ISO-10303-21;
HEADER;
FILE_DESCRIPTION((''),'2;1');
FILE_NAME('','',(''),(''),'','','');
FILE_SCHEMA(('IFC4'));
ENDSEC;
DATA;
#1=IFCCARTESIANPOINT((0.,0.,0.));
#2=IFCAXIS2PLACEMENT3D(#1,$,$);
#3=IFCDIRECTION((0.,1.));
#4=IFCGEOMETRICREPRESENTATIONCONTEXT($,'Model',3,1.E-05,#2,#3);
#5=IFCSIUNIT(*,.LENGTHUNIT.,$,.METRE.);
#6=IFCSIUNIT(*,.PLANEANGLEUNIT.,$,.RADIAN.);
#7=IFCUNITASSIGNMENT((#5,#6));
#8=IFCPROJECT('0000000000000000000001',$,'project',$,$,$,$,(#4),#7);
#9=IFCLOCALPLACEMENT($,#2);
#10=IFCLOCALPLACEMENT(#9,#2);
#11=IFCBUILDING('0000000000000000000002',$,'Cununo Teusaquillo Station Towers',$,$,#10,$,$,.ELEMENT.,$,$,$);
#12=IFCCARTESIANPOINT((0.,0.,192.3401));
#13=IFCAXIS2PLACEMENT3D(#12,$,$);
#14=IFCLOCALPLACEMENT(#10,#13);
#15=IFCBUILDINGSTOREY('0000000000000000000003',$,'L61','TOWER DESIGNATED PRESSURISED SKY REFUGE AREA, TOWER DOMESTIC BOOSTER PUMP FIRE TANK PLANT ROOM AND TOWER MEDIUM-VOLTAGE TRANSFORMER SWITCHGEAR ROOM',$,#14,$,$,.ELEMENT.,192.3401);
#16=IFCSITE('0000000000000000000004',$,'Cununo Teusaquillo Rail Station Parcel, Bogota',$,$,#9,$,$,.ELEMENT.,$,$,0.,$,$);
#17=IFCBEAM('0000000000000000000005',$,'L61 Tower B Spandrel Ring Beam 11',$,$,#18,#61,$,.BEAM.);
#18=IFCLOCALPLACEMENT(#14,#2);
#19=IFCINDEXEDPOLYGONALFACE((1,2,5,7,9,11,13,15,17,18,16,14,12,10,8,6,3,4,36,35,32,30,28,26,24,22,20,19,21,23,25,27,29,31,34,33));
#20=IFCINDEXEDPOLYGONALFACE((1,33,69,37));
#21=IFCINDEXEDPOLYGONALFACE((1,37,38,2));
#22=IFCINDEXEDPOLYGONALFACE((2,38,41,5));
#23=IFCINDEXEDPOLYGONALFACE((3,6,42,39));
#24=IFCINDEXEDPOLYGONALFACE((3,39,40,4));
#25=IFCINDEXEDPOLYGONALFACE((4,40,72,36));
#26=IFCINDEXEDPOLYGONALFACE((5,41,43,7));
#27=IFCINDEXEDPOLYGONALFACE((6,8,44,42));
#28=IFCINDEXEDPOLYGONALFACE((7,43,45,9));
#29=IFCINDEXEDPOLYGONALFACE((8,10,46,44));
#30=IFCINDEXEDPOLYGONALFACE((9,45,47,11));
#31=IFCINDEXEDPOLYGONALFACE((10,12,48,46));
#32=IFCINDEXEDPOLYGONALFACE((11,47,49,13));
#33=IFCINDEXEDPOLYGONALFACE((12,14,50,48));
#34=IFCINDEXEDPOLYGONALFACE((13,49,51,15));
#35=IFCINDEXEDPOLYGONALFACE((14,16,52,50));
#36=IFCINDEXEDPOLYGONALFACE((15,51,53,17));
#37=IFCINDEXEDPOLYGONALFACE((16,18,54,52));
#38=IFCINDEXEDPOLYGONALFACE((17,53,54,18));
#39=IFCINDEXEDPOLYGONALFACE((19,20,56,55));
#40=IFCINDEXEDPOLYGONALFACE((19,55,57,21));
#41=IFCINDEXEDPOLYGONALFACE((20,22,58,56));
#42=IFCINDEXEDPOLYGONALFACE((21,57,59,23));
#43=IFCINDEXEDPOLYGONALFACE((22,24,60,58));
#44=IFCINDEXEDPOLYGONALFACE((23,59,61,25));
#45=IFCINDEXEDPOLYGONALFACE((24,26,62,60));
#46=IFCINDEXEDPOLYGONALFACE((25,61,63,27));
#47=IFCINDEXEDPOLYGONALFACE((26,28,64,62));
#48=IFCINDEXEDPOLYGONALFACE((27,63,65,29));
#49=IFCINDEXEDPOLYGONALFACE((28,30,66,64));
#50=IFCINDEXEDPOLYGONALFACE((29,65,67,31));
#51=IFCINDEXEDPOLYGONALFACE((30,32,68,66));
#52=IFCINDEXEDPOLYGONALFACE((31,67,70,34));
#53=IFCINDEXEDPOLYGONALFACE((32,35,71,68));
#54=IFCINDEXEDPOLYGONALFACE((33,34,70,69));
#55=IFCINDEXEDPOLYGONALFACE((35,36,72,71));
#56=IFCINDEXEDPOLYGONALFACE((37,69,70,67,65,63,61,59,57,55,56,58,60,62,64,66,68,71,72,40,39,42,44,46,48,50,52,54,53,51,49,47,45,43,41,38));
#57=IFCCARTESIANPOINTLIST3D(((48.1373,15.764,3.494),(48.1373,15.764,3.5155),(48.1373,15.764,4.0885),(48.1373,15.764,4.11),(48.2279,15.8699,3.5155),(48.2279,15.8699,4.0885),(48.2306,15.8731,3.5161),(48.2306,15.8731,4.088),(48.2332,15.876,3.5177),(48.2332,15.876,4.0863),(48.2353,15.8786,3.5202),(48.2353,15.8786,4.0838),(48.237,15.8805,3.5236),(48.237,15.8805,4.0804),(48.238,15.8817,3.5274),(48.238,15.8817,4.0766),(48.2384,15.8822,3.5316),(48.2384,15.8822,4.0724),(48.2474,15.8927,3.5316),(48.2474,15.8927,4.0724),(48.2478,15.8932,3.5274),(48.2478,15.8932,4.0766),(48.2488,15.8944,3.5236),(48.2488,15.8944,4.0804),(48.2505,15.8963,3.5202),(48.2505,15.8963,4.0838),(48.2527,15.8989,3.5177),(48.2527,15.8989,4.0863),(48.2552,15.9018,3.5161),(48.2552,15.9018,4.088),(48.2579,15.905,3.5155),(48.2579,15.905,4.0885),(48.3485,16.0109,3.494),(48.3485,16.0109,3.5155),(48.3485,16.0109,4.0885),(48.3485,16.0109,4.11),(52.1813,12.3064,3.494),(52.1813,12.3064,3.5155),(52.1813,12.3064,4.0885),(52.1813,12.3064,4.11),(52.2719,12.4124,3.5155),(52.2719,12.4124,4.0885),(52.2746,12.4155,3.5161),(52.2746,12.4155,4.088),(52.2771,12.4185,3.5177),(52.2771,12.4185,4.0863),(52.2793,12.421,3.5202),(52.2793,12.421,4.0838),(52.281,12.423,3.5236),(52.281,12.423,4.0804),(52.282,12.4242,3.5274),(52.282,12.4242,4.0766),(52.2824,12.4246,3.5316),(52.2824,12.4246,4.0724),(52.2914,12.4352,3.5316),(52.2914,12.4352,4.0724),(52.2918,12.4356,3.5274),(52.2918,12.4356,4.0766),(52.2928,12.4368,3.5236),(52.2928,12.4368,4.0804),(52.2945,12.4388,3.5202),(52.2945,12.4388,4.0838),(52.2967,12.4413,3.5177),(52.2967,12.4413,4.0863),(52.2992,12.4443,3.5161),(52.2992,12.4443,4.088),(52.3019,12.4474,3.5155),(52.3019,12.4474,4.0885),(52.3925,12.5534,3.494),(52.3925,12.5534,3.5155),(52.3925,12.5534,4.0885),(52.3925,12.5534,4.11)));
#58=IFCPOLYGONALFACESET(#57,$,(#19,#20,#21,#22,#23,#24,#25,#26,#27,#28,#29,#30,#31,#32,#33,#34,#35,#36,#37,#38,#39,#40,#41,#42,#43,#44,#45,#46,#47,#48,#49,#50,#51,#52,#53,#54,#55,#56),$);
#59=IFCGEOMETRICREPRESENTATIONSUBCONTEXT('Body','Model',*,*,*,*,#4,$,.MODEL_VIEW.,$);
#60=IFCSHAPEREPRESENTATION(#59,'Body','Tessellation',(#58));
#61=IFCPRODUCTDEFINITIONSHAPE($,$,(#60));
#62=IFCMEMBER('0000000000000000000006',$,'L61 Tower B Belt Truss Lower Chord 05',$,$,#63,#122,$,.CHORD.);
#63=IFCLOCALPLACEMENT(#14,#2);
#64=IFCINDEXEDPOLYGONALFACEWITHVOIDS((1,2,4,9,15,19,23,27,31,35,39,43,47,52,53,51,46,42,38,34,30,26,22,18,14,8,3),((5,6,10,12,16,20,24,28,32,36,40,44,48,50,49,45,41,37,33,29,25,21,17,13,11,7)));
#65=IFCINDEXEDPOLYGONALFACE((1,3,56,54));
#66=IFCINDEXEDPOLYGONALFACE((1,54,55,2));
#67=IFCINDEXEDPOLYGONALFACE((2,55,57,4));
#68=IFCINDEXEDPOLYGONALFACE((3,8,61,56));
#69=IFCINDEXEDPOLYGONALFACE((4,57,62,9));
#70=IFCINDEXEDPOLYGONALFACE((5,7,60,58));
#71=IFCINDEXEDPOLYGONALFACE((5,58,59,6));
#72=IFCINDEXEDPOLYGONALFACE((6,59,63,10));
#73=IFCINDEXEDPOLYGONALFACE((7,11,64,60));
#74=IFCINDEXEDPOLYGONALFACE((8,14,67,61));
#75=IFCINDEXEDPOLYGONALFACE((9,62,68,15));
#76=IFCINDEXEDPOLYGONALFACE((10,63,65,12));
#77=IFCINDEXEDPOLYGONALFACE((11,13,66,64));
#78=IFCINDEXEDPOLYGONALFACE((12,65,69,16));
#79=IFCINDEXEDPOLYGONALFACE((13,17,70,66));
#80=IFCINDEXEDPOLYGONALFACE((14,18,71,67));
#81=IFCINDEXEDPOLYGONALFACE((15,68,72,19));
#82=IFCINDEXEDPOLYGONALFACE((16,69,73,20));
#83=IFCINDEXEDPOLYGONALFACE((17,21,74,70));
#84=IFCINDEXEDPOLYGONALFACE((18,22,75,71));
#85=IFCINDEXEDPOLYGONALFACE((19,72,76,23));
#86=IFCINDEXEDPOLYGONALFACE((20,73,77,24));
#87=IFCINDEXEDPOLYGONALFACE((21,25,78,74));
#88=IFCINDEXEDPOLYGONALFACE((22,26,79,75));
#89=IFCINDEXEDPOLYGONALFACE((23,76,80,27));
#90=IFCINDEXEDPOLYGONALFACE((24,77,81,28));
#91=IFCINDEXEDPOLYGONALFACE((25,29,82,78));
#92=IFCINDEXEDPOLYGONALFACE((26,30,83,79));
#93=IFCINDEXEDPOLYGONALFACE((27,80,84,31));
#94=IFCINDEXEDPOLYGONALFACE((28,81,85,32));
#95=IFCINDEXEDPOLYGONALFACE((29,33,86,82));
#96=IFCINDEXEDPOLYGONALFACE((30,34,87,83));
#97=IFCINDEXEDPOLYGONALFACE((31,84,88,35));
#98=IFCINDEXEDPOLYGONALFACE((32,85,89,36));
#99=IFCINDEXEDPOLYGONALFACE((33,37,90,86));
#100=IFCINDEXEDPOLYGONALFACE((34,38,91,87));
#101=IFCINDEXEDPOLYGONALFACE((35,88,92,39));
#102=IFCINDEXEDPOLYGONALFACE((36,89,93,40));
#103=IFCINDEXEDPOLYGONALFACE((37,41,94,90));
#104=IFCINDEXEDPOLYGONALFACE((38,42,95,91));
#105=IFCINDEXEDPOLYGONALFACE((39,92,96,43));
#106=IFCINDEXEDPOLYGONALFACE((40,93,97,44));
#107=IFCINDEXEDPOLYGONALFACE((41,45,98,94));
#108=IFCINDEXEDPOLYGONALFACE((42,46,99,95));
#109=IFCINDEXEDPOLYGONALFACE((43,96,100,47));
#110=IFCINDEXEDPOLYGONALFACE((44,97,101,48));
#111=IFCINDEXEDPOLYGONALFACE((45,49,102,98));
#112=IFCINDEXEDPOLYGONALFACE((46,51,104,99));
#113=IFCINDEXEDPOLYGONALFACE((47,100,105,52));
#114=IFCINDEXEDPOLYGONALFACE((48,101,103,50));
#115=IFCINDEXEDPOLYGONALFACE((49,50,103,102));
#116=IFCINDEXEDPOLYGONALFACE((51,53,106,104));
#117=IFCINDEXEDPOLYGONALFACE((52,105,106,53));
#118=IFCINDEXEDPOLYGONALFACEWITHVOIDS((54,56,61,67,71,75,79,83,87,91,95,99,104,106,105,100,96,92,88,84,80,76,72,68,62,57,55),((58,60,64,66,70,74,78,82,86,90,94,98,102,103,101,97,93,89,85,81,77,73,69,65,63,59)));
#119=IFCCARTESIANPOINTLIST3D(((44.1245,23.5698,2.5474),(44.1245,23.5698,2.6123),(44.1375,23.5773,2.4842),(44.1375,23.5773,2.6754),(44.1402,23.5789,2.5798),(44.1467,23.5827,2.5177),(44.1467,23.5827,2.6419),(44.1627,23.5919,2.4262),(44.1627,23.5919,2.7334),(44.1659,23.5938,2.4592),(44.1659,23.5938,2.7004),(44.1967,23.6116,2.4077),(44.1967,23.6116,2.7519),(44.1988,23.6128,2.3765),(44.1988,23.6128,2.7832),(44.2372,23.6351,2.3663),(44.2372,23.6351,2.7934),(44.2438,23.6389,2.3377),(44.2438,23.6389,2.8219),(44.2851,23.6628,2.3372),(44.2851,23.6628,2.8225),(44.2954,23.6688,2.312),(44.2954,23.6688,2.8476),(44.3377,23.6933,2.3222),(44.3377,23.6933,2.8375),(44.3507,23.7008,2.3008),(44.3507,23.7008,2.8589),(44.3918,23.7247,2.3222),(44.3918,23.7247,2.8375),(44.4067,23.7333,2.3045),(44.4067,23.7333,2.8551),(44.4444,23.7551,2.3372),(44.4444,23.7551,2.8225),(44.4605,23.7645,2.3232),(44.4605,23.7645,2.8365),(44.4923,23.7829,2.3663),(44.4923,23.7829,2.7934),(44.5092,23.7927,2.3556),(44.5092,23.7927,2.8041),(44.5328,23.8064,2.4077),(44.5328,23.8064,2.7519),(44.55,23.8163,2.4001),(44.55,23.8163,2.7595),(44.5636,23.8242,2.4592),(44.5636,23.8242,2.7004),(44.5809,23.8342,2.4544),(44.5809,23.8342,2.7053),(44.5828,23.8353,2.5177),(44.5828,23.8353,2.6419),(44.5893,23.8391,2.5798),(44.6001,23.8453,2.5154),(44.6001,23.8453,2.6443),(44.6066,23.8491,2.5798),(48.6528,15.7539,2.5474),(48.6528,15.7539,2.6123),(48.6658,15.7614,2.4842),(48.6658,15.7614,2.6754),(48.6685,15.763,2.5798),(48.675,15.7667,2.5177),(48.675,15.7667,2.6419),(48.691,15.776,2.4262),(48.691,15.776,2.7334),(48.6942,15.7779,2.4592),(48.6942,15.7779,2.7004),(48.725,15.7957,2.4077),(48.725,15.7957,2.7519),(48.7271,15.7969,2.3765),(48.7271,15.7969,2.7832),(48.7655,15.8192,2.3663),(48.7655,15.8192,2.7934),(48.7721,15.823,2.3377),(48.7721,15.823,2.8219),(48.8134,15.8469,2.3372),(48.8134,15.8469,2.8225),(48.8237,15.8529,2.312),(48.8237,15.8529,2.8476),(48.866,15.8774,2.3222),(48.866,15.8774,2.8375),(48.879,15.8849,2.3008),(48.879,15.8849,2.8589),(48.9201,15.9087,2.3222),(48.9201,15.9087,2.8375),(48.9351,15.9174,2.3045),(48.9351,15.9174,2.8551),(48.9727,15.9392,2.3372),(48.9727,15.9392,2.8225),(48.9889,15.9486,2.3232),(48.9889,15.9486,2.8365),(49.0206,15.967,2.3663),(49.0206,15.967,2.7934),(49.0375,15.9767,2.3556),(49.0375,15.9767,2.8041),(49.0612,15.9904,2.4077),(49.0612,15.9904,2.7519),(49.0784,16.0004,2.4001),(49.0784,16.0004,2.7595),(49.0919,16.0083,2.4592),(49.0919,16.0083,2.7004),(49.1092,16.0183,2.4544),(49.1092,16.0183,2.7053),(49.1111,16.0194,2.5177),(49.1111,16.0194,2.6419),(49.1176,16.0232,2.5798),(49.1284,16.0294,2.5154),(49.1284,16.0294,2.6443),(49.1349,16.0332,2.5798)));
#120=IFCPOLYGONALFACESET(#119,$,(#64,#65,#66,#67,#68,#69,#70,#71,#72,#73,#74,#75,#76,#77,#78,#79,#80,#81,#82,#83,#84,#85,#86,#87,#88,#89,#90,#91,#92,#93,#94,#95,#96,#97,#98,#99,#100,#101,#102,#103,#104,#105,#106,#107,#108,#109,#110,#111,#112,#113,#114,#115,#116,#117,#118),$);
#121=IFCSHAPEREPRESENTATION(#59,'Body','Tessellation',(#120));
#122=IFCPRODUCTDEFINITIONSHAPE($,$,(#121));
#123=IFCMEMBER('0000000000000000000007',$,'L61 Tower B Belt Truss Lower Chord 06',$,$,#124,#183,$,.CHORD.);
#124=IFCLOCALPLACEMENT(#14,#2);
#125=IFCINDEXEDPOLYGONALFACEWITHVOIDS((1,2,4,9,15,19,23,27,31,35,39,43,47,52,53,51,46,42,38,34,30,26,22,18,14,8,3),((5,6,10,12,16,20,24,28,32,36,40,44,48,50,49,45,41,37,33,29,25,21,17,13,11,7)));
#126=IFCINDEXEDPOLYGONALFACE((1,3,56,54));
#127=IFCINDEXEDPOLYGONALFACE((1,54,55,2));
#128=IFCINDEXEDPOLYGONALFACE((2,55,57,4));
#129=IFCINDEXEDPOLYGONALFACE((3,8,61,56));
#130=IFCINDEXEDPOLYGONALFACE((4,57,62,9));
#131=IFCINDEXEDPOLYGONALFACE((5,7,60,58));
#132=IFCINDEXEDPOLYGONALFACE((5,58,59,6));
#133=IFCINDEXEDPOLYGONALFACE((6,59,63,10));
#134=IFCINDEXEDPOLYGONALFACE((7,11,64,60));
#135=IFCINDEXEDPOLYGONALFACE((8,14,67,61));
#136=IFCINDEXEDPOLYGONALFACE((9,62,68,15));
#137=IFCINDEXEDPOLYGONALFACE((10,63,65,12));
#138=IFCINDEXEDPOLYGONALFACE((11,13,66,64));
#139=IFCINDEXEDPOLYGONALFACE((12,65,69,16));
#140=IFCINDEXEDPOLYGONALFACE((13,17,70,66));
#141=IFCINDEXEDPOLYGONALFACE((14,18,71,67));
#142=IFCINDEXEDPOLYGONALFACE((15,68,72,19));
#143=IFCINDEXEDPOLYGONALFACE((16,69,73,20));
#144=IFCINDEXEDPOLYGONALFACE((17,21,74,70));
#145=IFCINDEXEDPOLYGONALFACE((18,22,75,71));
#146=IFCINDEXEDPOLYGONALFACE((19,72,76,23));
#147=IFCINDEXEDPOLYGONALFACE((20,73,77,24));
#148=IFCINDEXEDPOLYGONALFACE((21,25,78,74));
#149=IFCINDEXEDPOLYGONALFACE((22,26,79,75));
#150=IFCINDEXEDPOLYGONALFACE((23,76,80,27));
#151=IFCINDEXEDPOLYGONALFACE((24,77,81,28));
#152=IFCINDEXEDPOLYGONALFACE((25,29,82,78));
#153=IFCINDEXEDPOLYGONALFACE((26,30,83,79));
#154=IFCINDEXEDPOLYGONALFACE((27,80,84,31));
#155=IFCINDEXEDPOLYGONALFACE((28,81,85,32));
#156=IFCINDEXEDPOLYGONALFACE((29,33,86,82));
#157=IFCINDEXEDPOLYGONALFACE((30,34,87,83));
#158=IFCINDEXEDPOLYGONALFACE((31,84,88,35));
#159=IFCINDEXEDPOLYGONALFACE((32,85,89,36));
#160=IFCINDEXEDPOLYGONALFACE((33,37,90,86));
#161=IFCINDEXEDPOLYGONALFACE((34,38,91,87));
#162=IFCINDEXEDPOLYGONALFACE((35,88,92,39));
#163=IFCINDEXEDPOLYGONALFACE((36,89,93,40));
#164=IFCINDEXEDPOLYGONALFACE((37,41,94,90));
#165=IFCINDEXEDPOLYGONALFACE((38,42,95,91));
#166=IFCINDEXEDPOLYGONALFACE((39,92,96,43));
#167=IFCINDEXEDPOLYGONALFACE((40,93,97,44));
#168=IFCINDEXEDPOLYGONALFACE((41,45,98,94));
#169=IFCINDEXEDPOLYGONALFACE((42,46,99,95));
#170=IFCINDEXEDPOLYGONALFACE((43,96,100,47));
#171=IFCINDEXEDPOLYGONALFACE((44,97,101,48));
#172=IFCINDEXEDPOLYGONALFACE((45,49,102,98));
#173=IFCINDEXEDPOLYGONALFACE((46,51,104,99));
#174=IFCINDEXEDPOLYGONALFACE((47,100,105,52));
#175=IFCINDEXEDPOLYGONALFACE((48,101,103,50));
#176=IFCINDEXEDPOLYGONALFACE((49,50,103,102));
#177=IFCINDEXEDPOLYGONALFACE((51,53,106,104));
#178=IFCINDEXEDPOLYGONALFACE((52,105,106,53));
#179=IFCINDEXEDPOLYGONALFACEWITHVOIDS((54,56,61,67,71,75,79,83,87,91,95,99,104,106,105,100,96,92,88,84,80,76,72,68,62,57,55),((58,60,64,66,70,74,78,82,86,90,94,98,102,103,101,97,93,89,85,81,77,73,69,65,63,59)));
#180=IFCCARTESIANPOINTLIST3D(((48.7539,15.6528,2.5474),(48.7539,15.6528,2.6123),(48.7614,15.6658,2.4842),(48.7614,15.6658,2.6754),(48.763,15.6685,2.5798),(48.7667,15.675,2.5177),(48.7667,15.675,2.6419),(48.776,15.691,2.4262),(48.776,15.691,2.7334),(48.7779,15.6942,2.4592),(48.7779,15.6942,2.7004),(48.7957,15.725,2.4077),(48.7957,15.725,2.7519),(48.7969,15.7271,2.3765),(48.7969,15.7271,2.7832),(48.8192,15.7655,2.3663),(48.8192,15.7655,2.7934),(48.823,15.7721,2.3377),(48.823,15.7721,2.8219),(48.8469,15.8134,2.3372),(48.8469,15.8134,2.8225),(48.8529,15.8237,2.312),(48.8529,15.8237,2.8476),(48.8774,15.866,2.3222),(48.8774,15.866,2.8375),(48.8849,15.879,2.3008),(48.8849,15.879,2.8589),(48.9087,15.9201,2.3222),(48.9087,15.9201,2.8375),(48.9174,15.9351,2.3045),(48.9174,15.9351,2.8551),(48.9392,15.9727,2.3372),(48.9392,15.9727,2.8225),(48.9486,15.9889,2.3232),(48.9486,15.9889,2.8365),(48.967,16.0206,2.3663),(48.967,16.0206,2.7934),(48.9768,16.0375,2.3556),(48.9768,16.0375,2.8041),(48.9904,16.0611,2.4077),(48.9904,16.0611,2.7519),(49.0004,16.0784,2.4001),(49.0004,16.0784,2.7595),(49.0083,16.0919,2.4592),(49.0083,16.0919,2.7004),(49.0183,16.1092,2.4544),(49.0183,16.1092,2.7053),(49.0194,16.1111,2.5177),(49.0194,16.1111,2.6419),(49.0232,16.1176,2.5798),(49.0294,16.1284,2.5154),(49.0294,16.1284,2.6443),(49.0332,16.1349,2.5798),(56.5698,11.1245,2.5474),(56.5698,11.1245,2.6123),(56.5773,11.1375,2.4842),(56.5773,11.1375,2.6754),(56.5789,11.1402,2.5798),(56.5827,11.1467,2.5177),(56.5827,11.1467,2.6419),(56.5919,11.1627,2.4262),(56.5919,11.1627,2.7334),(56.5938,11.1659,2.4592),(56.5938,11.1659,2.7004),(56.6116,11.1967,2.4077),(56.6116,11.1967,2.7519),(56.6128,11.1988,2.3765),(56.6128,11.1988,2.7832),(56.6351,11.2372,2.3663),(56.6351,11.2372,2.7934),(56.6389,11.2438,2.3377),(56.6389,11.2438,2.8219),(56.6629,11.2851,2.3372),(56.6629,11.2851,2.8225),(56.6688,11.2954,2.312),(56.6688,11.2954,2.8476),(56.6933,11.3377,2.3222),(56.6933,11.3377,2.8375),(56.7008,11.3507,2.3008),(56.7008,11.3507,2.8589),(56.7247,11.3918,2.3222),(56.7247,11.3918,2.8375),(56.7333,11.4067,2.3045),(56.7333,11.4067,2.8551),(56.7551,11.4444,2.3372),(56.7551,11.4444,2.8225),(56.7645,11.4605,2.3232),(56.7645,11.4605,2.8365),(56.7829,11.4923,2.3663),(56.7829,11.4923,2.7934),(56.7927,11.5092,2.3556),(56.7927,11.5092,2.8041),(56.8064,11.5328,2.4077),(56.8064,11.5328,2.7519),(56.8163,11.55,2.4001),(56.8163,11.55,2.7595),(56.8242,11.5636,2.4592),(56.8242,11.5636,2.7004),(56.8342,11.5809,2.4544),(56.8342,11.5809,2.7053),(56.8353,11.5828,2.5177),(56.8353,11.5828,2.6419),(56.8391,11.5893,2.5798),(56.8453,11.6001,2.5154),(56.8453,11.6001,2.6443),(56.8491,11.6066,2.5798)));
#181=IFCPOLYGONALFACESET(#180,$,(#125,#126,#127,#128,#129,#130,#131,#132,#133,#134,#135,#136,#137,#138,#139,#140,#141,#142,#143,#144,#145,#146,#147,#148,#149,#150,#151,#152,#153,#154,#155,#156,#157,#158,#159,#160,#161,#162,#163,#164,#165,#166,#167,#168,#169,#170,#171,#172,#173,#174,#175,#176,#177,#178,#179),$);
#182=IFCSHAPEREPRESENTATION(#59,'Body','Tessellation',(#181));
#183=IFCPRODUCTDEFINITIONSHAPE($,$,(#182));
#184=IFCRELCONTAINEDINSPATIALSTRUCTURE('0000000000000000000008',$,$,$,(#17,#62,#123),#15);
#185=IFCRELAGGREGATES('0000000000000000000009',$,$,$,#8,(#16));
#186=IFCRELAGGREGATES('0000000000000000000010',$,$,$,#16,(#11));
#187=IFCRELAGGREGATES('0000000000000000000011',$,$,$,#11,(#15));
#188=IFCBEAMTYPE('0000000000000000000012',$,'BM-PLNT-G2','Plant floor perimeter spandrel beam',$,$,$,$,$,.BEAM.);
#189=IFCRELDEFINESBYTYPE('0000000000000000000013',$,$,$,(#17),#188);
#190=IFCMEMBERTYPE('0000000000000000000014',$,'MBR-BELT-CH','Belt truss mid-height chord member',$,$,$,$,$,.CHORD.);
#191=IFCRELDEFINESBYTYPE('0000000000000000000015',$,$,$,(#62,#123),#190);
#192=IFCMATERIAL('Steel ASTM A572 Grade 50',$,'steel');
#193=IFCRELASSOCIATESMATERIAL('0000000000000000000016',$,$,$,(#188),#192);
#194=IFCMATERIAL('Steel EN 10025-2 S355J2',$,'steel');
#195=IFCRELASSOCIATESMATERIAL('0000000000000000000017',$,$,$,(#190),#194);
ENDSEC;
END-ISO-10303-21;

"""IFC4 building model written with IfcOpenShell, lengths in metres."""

from ifc_helpers import new_model, si_unit, direction, frame, origin, origin_2d, place, context, subcontext, project, spatial, hollow_circle, i_section, extrude, material, material_profile, profile_set, type_object, element, save


model = new_model("IFC4")

# Units and contexts
model_context = context("Model", 3, precision=1e-05, world=origin(), true_north=direction((0.0, 1.0)))
body_context = subcontext(model_context, "Body", "Model", "MODEL_VIEW")
ifc_project = project(units=[si_unit("LENGTHUNIT", "METRE"), si_unit("PLANEANGLEUNIT", "RADIAN")], contexts=[model_context])

# Site, building, storey
site_placement = place(None, origin())
site = spatial("IfcSite", under=ifc_project, at=site_placement, Name="Cununo Teusaquillo Rail Station Parcel, Bogota", CompositionType="ELEMENT", RefElevation=0.0)
building_placement = place(site_placement, origin())
building = spatial("IfcBuilding", under=site, at=building_placement, Name="Cununo Teusaquillo Station Towers", CompositionType="ELEMENT")
storey_placement = place(building_placement, frame((0.0, 0.0, 192.3401)))
storey = spatial("IfcBuildingStorey", under=building, at=storey_placement, Name="L61", Description="TOWER DESIGNATED PRESSURISED SKY REFUGE AREA, TOWER DOMESTIC BOOSTER PUMP FIRE TANK PLANT ROOM AND TOWER MEDIUM-VOLTAGE TRANSFORMER SWITCHGEAR ROOM", CompositionType="ELEMENT", Elevation=192.3401)

# Beam
ifc_material_1 = material(Name="Steel ASTM A572 Grade 50", Category="steel")
ifc_material_profile_1 = material_profile(ifc_material_1, i_section(OverallWidth=0.325, OverallDepth=0.616, WebThickness=0.0139, FlangeThickness=0.0215, FilletRadius=0.0161, at=origin_2d()), Name="W24X117")
ifc_profile_set_1 = profile_set([ifc_material_profile_1], Name="Steel ASTM A572 Grade 50")
beam_type_1 = type_object("IfcBeamType", Name="BM-PLNT-G2", Description="Plant floor perimeter spandrel beam", PredefinedType="BEAM", material=ifc_profile_set_1)
beam_1_placement = place(storey_placement, frame((48.2429, 15.8875, 3.802), z_axis=(0.760066, -0.649846, 0.0), x_axis=(0.649846, 0.760066, 0.0)))
element("IfcBeam", 1, at=beam_1_placement, inside=storey, type_object=beam_type_1, Name="L61 Tower B Spandrel Ring Beam 11", PredefinedType="BEAM", context=body_context, shape_type="SweptSolid", body=[
    extrude(i_section(OverallWidth=0.325, OverallDepth=0.616, WebThickness=0.0139, FlangeThickness=0.0215, FilletRadius=0.0161, at=origin_2d()), origin(), (0.0, 0.0, 1.0), 5.3206),
])

# Members
ifc_material_2 = material(Name="Steel EN 10025-2 S355J2", Category="steel")
ifc_material_profile_2 = material_profile(ifc_material_2, hollow_circle(Radius=0.2795, WallThickness=0.02, at=origin_2d()), Name="CHS 559x20")
ifc_profile_set_2 = profile_set([ifc_material_profile_2], Name="Steel EN 10025-2 S355J2")
member_type_1 = type_object("IfcMemberType", Name="MBR-BELT-CH", Description="Belt truss mid-height chord member", PredefinedType="CHORD", material=ifc_profile_set_2)
for number, where, z_axis, x_axis, name in (
    (2, (44.3647, 23.709, 2.5798), (0.501311, -0.865267, 0.0), (0.865267, 0.501311, 0.0), "L61 Tower B Belt Truss Lower Chord 05"),
    (3, (48.8931, 15.8931, 2.5798), (0.865267, -0.501311, 0.0), (0.501311, 0.865267, 0.0), "L61 Tower B Belt Truss Lower Chord 06"),
):
    element("IfcMember", number, at=place(storey_placement, frame(where, z_axis=z_axis, x_axis=x_axis)), inside=storey, type_object=member_type_1, Name=name, PredefinedType="CHORD", context=body_context, shape_type="SweptSolid", body=[
        extrude(hollow_circle(Radius=0.2795, WallThickness=0.02, at=origin_2d()), origin(), (0.0, 0.0, 1.0), 9.033),
    ])

save(model, "model.ifc")
